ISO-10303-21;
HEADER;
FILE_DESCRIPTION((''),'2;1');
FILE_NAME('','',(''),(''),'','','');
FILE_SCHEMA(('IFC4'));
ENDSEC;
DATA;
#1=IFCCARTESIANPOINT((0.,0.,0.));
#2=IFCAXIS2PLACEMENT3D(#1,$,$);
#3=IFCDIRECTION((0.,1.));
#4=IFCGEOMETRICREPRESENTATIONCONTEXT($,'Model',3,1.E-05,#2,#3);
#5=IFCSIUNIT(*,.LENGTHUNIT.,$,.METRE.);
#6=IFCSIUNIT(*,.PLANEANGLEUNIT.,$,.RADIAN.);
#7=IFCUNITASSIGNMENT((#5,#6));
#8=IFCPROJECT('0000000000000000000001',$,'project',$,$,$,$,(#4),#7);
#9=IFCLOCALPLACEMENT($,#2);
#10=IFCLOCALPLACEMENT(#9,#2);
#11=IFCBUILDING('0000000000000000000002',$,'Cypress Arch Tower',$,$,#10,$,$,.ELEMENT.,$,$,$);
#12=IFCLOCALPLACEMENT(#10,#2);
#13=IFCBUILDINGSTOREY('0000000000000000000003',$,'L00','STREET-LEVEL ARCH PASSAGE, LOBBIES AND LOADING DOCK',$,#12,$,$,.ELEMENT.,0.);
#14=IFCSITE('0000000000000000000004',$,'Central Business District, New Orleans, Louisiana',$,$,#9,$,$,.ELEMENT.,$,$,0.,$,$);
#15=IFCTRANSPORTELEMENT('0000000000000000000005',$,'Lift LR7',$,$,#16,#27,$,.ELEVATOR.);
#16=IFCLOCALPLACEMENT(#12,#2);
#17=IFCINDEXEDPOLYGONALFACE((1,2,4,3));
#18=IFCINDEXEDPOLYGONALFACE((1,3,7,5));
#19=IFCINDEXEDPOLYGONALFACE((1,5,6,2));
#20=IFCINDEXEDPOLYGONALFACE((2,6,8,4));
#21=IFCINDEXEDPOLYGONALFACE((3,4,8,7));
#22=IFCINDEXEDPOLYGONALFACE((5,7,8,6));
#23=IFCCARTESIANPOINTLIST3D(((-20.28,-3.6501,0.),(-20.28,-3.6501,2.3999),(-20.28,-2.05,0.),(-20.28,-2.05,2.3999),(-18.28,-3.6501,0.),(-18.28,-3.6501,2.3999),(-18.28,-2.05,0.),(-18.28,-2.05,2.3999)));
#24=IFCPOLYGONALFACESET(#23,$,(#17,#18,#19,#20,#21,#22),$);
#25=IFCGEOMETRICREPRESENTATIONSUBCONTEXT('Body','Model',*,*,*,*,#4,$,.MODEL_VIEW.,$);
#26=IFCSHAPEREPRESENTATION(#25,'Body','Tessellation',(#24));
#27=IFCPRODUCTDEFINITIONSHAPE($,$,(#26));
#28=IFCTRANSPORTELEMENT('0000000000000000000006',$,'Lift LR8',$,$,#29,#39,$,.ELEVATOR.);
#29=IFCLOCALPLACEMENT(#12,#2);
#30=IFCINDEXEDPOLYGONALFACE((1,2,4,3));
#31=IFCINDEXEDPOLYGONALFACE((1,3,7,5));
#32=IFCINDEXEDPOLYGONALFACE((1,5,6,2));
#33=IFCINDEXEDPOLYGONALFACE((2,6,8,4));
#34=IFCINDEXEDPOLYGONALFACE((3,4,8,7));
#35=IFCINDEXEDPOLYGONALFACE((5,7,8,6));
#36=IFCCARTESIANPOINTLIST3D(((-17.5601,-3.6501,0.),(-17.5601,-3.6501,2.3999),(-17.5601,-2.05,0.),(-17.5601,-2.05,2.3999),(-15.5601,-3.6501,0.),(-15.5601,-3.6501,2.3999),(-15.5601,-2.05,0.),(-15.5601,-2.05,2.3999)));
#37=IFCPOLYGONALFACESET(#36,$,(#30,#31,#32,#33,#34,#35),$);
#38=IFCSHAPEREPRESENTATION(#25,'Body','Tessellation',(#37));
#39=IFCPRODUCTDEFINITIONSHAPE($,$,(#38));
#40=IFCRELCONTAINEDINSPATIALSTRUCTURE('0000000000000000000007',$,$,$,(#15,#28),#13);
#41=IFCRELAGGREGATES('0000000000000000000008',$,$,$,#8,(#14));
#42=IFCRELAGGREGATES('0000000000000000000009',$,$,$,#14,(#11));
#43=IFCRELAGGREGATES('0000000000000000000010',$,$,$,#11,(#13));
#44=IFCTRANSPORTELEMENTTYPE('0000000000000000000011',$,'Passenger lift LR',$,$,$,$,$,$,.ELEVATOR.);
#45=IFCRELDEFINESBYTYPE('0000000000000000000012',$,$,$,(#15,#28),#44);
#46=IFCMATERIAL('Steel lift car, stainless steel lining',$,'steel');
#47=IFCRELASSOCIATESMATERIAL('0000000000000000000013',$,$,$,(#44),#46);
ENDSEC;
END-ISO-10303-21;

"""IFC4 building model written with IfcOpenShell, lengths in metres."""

from ifc_helpers import new_model, si_unit, direction, frame, origin, origin_2d, place, context, subcontext, project, spatial, rectangle, extrude, material, type_object, element, save


model = new_model("IFC4")

# Units and contexts
model_context = context("Model", 3, precision=1e-05, world=origin(), true_north=direction((0.0, 1.0)))
body_context = subcontext(model_context, "Body", "Model", "MODEL_VIEW")
ifc_project = project(units=[si_unit("LENGTHUNIT", "METRE"), si_unit("PLANEANGLEUNIT", "RADIAN")], contexts=[model_context])

# Site, building, storey
site_placement = place(None, origin())
site = spatial("IfcSite", under=ifc_project, at=site_placement, Name="Central Business District, New Orleans, Louisiana", CompositionType="ELEMENT", RefElevation=0.0)
building_placement = place(site_placement, origin())
building = spatial("IfcBuilding", under=site, at=building_placement, Name="Cypress Arch Tower", CompositionType="ELEMENT")
storey_placement = place(building_placement, origin())
storey = spatial("IfcBuildingStorey", under=building, at=storey_placement, Name="L00", Description="STREET-LEVEL ARCH PASSAGE, LOBBIES AND LOADING DOCK", CompositionType="ELEMENT", Elevation=0.0)

# Transport elements
ifc_material_1 = material(Name="Steel lift car, stainless steel lining", Category="steel")
transport_element_type_1 = type_object("IfcTransportElementType", Name="Passenger lift LR", PredefinedType="ELEVATOR", material=ifc_material_1)
for number, where, z_axis, x_axis, name in (
    (1, (-19.28, -2.8501, 0.0), (0.0, 0.0, 1.0), (1.0, 0.0, 0.0), "Lift LR7"),
    (2, (-16.5601, -2.8501, 0.0), (0.0, 0.0, 1.0), (1.0, 0.0, 0.0), "Lift LR8"),
):
    element("IfcTransportElement", number, at=place(storey_placement, frame(where, z_axis=z_axis, x_axis=x_axis)), inside=storey, type_object=transport_element_type_1, Name=name, PredefinedType="ELEVATOR", context=body_context, shape_type="SweptSolid", body=[
        extrude(rectangle(XDim=2.0, YDim=1.6001, at=origin_2d()), origin(), (0.0, 0.0, 1.0), 2.3999),
    ])

save(model, "model.ifc")
